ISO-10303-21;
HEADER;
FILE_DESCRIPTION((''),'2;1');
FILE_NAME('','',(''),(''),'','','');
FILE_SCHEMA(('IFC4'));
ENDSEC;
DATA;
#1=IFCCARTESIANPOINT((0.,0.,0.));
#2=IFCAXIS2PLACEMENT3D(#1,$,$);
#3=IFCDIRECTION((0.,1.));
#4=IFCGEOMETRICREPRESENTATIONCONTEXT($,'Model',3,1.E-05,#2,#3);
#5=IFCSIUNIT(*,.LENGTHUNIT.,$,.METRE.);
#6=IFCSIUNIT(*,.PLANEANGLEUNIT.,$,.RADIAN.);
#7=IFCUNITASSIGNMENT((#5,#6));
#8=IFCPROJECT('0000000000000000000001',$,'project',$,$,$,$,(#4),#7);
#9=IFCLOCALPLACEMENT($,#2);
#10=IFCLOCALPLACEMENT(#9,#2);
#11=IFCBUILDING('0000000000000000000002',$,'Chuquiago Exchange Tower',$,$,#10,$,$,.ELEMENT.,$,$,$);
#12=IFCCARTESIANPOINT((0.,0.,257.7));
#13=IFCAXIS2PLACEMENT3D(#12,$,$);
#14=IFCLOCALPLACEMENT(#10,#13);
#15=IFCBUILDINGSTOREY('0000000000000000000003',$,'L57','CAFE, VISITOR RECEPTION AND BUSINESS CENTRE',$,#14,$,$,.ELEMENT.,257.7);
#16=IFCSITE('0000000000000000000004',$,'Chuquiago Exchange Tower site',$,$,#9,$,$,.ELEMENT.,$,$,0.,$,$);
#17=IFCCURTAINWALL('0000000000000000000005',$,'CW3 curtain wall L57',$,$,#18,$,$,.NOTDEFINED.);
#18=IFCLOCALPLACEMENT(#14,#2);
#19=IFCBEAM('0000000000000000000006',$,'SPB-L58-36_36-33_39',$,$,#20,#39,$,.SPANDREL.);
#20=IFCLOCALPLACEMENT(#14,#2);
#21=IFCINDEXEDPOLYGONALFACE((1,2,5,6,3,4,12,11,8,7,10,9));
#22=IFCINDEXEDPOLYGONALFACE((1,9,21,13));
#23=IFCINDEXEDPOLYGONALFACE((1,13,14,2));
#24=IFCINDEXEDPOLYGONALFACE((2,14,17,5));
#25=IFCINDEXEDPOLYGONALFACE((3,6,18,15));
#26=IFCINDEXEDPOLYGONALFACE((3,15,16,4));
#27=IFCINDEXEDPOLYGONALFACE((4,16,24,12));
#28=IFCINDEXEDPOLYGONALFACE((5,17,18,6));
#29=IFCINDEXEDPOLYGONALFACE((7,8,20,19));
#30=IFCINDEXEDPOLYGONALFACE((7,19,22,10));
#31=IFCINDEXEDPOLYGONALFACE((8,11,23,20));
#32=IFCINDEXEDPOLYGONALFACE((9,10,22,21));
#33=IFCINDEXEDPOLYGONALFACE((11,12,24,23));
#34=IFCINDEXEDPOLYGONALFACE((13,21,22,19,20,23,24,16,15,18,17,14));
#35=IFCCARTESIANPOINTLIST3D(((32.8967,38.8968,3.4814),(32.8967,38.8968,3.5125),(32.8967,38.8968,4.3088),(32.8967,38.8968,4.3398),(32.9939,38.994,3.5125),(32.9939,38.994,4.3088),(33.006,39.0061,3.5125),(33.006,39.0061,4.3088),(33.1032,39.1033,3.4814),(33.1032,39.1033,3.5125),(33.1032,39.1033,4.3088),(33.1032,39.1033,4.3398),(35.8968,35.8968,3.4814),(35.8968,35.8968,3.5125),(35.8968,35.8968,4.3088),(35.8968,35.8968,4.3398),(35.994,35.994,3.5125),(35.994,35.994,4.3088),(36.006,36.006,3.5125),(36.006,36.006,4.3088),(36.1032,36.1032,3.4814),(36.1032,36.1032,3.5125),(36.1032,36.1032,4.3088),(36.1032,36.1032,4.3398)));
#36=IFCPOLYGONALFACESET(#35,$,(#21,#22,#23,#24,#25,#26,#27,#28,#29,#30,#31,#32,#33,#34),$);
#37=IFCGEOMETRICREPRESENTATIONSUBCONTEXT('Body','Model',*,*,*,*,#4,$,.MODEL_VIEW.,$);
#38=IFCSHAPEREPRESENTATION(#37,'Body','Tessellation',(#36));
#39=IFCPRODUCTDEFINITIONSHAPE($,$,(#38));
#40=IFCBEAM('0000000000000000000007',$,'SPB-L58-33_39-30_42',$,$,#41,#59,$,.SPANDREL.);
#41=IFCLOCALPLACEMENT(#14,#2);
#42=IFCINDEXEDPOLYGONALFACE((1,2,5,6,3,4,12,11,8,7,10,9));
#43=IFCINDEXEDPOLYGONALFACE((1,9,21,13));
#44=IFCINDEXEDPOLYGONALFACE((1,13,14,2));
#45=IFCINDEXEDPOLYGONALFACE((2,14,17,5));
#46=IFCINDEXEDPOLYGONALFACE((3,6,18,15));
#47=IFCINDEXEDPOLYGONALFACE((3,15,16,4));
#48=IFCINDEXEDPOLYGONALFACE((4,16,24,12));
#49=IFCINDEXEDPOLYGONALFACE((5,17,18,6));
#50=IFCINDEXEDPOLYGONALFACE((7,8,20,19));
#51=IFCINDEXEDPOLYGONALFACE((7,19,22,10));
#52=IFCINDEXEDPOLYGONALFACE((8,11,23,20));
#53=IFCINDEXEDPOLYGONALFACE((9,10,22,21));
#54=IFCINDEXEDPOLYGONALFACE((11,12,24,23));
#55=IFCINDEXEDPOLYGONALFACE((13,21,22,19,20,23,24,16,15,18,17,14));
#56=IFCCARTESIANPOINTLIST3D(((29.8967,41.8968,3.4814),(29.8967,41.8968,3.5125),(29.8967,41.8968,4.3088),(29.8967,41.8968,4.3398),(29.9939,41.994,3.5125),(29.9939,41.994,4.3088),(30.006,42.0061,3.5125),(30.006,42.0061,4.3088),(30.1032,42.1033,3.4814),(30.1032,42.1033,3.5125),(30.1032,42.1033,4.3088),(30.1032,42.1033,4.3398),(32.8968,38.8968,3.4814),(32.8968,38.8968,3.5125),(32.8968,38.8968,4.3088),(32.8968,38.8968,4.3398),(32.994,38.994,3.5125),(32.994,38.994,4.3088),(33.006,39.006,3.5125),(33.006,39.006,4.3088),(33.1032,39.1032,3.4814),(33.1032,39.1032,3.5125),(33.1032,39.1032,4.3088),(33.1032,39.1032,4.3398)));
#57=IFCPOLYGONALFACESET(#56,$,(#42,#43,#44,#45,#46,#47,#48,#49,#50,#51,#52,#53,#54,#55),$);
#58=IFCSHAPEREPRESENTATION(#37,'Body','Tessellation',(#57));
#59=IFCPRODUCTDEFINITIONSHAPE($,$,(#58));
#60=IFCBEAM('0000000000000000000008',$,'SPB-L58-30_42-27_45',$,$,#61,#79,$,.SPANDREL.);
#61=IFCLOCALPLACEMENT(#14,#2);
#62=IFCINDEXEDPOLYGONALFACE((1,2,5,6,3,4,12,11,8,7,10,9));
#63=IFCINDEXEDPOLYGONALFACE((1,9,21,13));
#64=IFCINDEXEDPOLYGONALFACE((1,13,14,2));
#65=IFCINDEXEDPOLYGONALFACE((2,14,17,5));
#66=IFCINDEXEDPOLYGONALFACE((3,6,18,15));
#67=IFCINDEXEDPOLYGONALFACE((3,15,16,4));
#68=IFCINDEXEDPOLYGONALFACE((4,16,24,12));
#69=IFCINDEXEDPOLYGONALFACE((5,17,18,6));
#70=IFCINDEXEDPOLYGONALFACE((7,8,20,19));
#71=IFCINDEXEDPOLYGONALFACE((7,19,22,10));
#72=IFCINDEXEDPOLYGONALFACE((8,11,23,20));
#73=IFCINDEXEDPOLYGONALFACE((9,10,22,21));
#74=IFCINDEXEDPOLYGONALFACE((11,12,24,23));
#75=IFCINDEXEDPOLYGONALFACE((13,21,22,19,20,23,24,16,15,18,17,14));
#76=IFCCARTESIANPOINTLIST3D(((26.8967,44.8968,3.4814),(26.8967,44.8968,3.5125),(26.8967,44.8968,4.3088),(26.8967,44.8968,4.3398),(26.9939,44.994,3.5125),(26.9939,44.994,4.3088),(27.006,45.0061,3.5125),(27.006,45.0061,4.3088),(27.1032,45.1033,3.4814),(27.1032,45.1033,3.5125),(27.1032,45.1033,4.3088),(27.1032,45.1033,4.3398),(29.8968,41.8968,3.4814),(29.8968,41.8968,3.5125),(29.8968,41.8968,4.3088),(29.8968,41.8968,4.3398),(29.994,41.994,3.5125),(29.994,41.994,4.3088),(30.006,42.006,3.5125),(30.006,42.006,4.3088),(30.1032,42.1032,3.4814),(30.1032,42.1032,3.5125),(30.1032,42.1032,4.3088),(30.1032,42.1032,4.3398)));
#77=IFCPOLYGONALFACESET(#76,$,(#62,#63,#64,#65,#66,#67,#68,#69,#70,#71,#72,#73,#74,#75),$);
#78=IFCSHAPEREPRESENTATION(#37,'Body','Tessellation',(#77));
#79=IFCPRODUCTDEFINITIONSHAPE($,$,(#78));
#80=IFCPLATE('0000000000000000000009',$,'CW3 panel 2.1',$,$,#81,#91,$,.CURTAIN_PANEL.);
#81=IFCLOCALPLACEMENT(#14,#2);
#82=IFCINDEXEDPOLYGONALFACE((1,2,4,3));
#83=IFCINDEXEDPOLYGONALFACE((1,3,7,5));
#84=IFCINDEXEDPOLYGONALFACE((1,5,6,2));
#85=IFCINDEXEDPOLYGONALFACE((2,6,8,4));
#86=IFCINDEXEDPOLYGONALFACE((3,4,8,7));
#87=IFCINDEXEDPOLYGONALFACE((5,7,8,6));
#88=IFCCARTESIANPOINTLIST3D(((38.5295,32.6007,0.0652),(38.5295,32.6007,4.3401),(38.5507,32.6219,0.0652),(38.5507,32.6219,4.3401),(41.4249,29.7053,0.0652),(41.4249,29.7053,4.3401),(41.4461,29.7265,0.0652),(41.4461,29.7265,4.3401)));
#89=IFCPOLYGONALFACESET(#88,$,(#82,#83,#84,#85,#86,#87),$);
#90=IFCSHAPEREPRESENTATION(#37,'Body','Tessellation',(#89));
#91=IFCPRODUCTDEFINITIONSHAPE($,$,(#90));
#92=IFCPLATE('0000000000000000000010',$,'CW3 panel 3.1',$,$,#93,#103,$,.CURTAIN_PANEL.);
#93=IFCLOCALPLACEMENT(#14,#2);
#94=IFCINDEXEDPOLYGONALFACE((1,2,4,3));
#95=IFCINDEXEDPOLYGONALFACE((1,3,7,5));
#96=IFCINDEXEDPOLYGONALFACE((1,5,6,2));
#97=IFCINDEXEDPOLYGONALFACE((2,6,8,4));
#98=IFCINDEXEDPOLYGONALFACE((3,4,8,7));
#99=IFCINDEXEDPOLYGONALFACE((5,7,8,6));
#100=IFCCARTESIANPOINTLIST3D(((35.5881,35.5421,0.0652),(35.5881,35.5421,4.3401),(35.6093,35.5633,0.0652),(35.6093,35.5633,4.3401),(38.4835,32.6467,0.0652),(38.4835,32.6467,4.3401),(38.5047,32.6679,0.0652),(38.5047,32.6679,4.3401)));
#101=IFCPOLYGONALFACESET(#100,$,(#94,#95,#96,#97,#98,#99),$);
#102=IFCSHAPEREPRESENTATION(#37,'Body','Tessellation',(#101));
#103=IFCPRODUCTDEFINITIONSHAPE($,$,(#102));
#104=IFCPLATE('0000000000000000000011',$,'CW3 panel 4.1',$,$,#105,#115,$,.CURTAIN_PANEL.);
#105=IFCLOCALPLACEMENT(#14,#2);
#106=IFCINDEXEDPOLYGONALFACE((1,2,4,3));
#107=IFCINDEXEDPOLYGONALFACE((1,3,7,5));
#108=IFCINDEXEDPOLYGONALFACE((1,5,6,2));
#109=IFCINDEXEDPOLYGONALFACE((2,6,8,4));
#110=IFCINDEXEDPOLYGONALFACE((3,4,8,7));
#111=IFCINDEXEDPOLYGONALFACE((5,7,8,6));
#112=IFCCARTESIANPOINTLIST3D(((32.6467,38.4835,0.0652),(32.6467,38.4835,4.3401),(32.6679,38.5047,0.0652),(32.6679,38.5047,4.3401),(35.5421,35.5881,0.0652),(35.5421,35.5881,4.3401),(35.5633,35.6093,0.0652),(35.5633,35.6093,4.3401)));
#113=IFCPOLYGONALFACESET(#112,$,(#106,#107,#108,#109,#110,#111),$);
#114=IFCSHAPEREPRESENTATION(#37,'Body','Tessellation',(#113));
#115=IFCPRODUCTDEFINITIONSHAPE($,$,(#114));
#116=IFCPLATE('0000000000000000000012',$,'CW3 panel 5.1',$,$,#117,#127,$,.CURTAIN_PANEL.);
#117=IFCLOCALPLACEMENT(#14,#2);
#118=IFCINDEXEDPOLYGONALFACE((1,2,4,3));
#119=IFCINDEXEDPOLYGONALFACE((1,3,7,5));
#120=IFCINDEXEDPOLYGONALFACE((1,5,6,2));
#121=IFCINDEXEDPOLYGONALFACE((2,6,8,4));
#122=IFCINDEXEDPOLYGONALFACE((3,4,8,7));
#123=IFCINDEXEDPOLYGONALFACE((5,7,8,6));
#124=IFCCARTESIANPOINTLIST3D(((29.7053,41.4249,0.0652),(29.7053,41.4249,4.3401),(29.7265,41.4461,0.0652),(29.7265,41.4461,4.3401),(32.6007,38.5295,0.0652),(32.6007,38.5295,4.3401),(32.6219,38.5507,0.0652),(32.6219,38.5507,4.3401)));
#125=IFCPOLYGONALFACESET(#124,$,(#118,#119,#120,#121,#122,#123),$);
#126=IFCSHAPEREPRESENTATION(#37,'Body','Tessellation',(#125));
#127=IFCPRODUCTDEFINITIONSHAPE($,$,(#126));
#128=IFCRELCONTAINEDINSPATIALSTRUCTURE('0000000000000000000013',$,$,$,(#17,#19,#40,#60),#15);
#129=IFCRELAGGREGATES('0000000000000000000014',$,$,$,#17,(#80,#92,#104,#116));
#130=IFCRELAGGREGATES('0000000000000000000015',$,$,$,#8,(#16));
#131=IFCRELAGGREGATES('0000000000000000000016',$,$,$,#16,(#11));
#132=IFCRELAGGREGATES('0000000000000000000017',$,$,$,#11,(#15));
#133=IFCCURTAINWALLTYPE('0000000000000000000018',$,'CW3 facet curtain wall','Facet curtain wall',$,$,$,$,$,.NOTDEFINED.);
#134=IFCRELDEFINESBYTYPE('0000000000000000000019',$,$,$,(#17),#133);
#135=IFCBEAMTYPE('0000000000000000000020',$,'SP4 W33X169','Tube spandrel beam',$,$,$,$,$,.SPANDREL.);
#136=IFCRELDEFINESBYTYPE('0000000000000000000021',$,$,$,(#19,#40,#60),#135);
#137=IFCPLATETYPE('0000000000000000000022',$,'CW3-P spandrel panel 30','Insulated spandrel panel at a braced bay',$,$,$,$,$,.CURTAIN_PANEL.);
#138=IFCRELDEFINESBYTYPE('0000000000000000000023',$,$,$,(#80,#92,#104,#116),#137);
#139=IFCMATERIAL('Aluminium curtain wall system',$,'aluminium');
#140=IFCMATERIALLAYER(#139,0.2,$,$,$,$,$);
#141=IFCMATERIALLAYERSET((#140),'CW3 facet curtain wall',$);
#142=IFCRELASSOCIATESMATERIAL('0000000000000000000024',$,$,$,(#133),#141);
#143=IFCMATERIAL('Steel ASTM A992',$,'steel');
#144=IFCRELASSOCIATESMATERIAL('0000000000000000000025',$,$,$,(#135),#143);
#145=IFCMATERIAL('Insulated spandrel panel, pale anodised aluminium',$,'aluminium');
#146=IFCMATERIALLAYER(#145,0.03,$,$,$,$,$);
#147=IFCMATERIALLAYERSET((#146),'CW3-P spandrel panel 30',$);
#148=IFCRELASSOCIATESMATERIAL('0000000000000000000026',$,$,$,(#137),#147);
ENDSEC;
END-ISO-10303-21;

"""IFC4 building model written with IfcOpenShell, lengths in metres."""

from ifc_helpers import new_model, si_unit, direction, frame, origin, origin_2d, place, context, subcontext, project, spatial, rectangle, i_section, extrude, material, layer, layer_set, material_profile, profile_set, type_object, element, aggregate, save


model = new_model("IFC4")

# Units and contexts
model_context = context("Model", 3, precision=1e-05, world=origin(), true_north=direction((0.0, 1.0)))
body_context = subcontext(model_context, "Body", "Model", "MODEL_VIEW")
ifc_project = project(units=[si_unit("LENGTHUNIT", "METRE"), si_unit("PLANEANGLEUNIT", "RADIAN")], contexts=[model_context])

# Site, building, storey
site_placement = place(None, origin())
site = spatial("IfcSite", under=ifc_project, at=site_placement, Name="Chuquiago Exchange Tower site", CompositionType="ELEMENT", RefElevation=0.0)
building_placement = place(site_placement, origin())
building = spatial("IfcBuilding", under=site, at=building_placement, Name="Chuquiago Exchange Tower", CompositionType="ELEMENT")
storey_placement = place(building_placement, frame((0.0, 0.0, 257.7)))
storey = spatial("IfcBuildingStorey", under=building, at=storey_placement, Name="L57", Description="CAFE, VISITOR RECEPTION AND BUSINESS CENTRE", CompositionType="ELEMENT", Elevation=257.7)

# Curtain wall
ifc_material_1 = material(Name="Aluminium curtain wall system", Category="aluminium")
ifc_layer_1 = layer(ifc_material_1, 0.2)
ifc_layer_set_1 = layer_set([ifc_layer_1], Name="CW3 facet curtain wall")
curtain_wall_type = type_object("IfcCurtainWallType", Name="CW3 facet curtain wall", Description="Facet curtain wall", PredefinedType="NOTDEFINED", material=ifc_layer_set_1)
curtain_wall_placement = place(storey_placement, origin())
curtain_wall = element("IfcCurtainWall", 1, at=curtain_wall_placement, inside=storey, type_object=curtain_wall_type, Name="CW3 curtain wall L57", PredefinedType="NOTDEFINED")

# Beams
ifc_material_2 = material(Name="Steel ASTM A992", Category="steel")
ifc_material_profile_1 = material_profile(ifc_material_2, i_section(OverallWidth=0.292, OverallDepth=0.8584, WebThickness=0.0171, FlangeThickness=0.031, at=origin_2d()), Name="W33X169")
ifc_profile_set_1 = profile_set([ifc_material_profile_1], Name="Steel ASTM A992")
beam_type_1 = type_object("IfcBeamType", Name="SP4 W33X169", Description="Tube spandrel beam", PredefinedType="SPANDREL", material=ifc_profile_set_1)
for number, where, z_axis, x_axis, name in (
    (2, (36.0, 36.0, 3.9106), (-0.707107, 0.707107, 0.0), (-0.707107, -0.707107, 0.0), "SPB-L58-36_36-33_39"),
    (3, (33.0, 39.0, 3.9106), (-0.707107, 0.707107, 0.0), (-0.707107, -0.707107, 0.0), "SPB-L58-33_39-30_42"),
    (4, (30.0, 42.0, 3.9106), (-0.707107, 0.707107, 0.0), (-0.707107, -0.707107, 0.0), "SPB-L58-30_42-27_45"),
):
    element("IfcBeam", number, at=place(storey_placement, frame(where, z_axis=z_axis, x_axis=x_axis)), inside=storey, type_object=beam_type_1, Name=name, PredefinedType="SPANDREL", context=body_context, shape_type="SweptSolid", body=[
        extrude(i_section(OverallWidth=0.292, OverallDepth=0.8584, WebThickness=0.0171, FlangeThickness=0.031, at=origin_2d()), origin(), (0.0, 0.0, 1.0), 4.2427),
    ])

# Plates
ifc_material_3 = material(Name="Insulated spandrel panel, pale anodised aluminium", Category="aluminium")
ifc_layer_2 = layer(ifc_material_3, 0.03)
ifc_layer_set_2 = layer_set([ifc_layer_2], Name="CW3-P spandrel panel 30")
plate_type = type_object("IfcPlateType", Name="CW3-P spandrel panel 30", Description="Insulated spandrel panel at a braced bay", PredefinedType="CURTAIN_PANEL", material=ifc_layer_set_2)
plate_1_placement = place(storey_placement, frame((39.9878, 31.1636, 0.0652), z_axis=(0.0, 0.0, 1.0), x_axis=(-0.707107, 0.707107, 0.0)))
plate_1 = element("IfcPlate", 5, at=plate_1_placement, type_object=plate_type, Name="CW3 panel 2.1", PredefinedType="CURTAIN_PANEL", context=body_context, shape_type="SweptSolid", body=[
    extrude(rectangle(XDim=4.0947, YDim=0.03, at=origin_2d()), origin(), (0.0, 0.0, 1.0), 4.2749),
])
plate_2_placement = place(storey_placement, frame((37.0464, 34.105, 0.0652), z_axis=(0.0, 0.0, 1.0), x_axis=(-0.707107, 0.707107, 0.0)))
plate_2 = element("IfcPlate", 6, at=plate_2_placement, type_object=plate_type, Name="CW3 panel 3.1", PredefinedType="CURTAIN_PANEL", context=body_context, shape_type="SweptSolid", body=[
    extrude(rectangle(XDim=4.0947, YDim=0.03, at=origin_2d()), origin(), (0.0, 0.0, 1.0), 4.2749),
])
plate_3_placement = place(storey_placement, frame((34.105, 37.0464, 0.0652), z_axis=(0.0, 0.0, 1.0), x_axis=(-0.707107, 0.707107, 0.0)))
plate_3 = element("IfcPlate", 7, at=plate_3_placement, type_object=plate_type, Name="CW3 panel 4.1", PredefinedType="CURTAIN_PANEL", context=body_context, shape_type="SweptSolid", body=[
    extrude(rectangle(XDim=4.0947, YDim=0.03, at=origin_2d()), origin(), (0.0, 0.0, 1.0), 4.2749),
])
plate_4_placement = place(storey_placement, frame((31.1636, 39.9878, 0.0652), z_axis=(0.0, 0.0, 1.0), x_axis=(-0.707107, 0.707107, 0.0)))
plate_4 = element("IfcPlate", 8, at=plate_4_placement, type_object=plate_type, Name="CW3 panel 5.1", PredefinedType="CURTAIN_PANEL", context=body_context, shape_type="SweptSolid", body=[
    extrude(rectangle(XDim=4.0947, YDim=0.03, at=origin_2d()), origin(), (0.0, 0.0, 1.0), 4.2749),
])
aggregate(curtain_wall, [plate_1, plate_2, plate_3, plate_4])

save(model, "model.ifc")
